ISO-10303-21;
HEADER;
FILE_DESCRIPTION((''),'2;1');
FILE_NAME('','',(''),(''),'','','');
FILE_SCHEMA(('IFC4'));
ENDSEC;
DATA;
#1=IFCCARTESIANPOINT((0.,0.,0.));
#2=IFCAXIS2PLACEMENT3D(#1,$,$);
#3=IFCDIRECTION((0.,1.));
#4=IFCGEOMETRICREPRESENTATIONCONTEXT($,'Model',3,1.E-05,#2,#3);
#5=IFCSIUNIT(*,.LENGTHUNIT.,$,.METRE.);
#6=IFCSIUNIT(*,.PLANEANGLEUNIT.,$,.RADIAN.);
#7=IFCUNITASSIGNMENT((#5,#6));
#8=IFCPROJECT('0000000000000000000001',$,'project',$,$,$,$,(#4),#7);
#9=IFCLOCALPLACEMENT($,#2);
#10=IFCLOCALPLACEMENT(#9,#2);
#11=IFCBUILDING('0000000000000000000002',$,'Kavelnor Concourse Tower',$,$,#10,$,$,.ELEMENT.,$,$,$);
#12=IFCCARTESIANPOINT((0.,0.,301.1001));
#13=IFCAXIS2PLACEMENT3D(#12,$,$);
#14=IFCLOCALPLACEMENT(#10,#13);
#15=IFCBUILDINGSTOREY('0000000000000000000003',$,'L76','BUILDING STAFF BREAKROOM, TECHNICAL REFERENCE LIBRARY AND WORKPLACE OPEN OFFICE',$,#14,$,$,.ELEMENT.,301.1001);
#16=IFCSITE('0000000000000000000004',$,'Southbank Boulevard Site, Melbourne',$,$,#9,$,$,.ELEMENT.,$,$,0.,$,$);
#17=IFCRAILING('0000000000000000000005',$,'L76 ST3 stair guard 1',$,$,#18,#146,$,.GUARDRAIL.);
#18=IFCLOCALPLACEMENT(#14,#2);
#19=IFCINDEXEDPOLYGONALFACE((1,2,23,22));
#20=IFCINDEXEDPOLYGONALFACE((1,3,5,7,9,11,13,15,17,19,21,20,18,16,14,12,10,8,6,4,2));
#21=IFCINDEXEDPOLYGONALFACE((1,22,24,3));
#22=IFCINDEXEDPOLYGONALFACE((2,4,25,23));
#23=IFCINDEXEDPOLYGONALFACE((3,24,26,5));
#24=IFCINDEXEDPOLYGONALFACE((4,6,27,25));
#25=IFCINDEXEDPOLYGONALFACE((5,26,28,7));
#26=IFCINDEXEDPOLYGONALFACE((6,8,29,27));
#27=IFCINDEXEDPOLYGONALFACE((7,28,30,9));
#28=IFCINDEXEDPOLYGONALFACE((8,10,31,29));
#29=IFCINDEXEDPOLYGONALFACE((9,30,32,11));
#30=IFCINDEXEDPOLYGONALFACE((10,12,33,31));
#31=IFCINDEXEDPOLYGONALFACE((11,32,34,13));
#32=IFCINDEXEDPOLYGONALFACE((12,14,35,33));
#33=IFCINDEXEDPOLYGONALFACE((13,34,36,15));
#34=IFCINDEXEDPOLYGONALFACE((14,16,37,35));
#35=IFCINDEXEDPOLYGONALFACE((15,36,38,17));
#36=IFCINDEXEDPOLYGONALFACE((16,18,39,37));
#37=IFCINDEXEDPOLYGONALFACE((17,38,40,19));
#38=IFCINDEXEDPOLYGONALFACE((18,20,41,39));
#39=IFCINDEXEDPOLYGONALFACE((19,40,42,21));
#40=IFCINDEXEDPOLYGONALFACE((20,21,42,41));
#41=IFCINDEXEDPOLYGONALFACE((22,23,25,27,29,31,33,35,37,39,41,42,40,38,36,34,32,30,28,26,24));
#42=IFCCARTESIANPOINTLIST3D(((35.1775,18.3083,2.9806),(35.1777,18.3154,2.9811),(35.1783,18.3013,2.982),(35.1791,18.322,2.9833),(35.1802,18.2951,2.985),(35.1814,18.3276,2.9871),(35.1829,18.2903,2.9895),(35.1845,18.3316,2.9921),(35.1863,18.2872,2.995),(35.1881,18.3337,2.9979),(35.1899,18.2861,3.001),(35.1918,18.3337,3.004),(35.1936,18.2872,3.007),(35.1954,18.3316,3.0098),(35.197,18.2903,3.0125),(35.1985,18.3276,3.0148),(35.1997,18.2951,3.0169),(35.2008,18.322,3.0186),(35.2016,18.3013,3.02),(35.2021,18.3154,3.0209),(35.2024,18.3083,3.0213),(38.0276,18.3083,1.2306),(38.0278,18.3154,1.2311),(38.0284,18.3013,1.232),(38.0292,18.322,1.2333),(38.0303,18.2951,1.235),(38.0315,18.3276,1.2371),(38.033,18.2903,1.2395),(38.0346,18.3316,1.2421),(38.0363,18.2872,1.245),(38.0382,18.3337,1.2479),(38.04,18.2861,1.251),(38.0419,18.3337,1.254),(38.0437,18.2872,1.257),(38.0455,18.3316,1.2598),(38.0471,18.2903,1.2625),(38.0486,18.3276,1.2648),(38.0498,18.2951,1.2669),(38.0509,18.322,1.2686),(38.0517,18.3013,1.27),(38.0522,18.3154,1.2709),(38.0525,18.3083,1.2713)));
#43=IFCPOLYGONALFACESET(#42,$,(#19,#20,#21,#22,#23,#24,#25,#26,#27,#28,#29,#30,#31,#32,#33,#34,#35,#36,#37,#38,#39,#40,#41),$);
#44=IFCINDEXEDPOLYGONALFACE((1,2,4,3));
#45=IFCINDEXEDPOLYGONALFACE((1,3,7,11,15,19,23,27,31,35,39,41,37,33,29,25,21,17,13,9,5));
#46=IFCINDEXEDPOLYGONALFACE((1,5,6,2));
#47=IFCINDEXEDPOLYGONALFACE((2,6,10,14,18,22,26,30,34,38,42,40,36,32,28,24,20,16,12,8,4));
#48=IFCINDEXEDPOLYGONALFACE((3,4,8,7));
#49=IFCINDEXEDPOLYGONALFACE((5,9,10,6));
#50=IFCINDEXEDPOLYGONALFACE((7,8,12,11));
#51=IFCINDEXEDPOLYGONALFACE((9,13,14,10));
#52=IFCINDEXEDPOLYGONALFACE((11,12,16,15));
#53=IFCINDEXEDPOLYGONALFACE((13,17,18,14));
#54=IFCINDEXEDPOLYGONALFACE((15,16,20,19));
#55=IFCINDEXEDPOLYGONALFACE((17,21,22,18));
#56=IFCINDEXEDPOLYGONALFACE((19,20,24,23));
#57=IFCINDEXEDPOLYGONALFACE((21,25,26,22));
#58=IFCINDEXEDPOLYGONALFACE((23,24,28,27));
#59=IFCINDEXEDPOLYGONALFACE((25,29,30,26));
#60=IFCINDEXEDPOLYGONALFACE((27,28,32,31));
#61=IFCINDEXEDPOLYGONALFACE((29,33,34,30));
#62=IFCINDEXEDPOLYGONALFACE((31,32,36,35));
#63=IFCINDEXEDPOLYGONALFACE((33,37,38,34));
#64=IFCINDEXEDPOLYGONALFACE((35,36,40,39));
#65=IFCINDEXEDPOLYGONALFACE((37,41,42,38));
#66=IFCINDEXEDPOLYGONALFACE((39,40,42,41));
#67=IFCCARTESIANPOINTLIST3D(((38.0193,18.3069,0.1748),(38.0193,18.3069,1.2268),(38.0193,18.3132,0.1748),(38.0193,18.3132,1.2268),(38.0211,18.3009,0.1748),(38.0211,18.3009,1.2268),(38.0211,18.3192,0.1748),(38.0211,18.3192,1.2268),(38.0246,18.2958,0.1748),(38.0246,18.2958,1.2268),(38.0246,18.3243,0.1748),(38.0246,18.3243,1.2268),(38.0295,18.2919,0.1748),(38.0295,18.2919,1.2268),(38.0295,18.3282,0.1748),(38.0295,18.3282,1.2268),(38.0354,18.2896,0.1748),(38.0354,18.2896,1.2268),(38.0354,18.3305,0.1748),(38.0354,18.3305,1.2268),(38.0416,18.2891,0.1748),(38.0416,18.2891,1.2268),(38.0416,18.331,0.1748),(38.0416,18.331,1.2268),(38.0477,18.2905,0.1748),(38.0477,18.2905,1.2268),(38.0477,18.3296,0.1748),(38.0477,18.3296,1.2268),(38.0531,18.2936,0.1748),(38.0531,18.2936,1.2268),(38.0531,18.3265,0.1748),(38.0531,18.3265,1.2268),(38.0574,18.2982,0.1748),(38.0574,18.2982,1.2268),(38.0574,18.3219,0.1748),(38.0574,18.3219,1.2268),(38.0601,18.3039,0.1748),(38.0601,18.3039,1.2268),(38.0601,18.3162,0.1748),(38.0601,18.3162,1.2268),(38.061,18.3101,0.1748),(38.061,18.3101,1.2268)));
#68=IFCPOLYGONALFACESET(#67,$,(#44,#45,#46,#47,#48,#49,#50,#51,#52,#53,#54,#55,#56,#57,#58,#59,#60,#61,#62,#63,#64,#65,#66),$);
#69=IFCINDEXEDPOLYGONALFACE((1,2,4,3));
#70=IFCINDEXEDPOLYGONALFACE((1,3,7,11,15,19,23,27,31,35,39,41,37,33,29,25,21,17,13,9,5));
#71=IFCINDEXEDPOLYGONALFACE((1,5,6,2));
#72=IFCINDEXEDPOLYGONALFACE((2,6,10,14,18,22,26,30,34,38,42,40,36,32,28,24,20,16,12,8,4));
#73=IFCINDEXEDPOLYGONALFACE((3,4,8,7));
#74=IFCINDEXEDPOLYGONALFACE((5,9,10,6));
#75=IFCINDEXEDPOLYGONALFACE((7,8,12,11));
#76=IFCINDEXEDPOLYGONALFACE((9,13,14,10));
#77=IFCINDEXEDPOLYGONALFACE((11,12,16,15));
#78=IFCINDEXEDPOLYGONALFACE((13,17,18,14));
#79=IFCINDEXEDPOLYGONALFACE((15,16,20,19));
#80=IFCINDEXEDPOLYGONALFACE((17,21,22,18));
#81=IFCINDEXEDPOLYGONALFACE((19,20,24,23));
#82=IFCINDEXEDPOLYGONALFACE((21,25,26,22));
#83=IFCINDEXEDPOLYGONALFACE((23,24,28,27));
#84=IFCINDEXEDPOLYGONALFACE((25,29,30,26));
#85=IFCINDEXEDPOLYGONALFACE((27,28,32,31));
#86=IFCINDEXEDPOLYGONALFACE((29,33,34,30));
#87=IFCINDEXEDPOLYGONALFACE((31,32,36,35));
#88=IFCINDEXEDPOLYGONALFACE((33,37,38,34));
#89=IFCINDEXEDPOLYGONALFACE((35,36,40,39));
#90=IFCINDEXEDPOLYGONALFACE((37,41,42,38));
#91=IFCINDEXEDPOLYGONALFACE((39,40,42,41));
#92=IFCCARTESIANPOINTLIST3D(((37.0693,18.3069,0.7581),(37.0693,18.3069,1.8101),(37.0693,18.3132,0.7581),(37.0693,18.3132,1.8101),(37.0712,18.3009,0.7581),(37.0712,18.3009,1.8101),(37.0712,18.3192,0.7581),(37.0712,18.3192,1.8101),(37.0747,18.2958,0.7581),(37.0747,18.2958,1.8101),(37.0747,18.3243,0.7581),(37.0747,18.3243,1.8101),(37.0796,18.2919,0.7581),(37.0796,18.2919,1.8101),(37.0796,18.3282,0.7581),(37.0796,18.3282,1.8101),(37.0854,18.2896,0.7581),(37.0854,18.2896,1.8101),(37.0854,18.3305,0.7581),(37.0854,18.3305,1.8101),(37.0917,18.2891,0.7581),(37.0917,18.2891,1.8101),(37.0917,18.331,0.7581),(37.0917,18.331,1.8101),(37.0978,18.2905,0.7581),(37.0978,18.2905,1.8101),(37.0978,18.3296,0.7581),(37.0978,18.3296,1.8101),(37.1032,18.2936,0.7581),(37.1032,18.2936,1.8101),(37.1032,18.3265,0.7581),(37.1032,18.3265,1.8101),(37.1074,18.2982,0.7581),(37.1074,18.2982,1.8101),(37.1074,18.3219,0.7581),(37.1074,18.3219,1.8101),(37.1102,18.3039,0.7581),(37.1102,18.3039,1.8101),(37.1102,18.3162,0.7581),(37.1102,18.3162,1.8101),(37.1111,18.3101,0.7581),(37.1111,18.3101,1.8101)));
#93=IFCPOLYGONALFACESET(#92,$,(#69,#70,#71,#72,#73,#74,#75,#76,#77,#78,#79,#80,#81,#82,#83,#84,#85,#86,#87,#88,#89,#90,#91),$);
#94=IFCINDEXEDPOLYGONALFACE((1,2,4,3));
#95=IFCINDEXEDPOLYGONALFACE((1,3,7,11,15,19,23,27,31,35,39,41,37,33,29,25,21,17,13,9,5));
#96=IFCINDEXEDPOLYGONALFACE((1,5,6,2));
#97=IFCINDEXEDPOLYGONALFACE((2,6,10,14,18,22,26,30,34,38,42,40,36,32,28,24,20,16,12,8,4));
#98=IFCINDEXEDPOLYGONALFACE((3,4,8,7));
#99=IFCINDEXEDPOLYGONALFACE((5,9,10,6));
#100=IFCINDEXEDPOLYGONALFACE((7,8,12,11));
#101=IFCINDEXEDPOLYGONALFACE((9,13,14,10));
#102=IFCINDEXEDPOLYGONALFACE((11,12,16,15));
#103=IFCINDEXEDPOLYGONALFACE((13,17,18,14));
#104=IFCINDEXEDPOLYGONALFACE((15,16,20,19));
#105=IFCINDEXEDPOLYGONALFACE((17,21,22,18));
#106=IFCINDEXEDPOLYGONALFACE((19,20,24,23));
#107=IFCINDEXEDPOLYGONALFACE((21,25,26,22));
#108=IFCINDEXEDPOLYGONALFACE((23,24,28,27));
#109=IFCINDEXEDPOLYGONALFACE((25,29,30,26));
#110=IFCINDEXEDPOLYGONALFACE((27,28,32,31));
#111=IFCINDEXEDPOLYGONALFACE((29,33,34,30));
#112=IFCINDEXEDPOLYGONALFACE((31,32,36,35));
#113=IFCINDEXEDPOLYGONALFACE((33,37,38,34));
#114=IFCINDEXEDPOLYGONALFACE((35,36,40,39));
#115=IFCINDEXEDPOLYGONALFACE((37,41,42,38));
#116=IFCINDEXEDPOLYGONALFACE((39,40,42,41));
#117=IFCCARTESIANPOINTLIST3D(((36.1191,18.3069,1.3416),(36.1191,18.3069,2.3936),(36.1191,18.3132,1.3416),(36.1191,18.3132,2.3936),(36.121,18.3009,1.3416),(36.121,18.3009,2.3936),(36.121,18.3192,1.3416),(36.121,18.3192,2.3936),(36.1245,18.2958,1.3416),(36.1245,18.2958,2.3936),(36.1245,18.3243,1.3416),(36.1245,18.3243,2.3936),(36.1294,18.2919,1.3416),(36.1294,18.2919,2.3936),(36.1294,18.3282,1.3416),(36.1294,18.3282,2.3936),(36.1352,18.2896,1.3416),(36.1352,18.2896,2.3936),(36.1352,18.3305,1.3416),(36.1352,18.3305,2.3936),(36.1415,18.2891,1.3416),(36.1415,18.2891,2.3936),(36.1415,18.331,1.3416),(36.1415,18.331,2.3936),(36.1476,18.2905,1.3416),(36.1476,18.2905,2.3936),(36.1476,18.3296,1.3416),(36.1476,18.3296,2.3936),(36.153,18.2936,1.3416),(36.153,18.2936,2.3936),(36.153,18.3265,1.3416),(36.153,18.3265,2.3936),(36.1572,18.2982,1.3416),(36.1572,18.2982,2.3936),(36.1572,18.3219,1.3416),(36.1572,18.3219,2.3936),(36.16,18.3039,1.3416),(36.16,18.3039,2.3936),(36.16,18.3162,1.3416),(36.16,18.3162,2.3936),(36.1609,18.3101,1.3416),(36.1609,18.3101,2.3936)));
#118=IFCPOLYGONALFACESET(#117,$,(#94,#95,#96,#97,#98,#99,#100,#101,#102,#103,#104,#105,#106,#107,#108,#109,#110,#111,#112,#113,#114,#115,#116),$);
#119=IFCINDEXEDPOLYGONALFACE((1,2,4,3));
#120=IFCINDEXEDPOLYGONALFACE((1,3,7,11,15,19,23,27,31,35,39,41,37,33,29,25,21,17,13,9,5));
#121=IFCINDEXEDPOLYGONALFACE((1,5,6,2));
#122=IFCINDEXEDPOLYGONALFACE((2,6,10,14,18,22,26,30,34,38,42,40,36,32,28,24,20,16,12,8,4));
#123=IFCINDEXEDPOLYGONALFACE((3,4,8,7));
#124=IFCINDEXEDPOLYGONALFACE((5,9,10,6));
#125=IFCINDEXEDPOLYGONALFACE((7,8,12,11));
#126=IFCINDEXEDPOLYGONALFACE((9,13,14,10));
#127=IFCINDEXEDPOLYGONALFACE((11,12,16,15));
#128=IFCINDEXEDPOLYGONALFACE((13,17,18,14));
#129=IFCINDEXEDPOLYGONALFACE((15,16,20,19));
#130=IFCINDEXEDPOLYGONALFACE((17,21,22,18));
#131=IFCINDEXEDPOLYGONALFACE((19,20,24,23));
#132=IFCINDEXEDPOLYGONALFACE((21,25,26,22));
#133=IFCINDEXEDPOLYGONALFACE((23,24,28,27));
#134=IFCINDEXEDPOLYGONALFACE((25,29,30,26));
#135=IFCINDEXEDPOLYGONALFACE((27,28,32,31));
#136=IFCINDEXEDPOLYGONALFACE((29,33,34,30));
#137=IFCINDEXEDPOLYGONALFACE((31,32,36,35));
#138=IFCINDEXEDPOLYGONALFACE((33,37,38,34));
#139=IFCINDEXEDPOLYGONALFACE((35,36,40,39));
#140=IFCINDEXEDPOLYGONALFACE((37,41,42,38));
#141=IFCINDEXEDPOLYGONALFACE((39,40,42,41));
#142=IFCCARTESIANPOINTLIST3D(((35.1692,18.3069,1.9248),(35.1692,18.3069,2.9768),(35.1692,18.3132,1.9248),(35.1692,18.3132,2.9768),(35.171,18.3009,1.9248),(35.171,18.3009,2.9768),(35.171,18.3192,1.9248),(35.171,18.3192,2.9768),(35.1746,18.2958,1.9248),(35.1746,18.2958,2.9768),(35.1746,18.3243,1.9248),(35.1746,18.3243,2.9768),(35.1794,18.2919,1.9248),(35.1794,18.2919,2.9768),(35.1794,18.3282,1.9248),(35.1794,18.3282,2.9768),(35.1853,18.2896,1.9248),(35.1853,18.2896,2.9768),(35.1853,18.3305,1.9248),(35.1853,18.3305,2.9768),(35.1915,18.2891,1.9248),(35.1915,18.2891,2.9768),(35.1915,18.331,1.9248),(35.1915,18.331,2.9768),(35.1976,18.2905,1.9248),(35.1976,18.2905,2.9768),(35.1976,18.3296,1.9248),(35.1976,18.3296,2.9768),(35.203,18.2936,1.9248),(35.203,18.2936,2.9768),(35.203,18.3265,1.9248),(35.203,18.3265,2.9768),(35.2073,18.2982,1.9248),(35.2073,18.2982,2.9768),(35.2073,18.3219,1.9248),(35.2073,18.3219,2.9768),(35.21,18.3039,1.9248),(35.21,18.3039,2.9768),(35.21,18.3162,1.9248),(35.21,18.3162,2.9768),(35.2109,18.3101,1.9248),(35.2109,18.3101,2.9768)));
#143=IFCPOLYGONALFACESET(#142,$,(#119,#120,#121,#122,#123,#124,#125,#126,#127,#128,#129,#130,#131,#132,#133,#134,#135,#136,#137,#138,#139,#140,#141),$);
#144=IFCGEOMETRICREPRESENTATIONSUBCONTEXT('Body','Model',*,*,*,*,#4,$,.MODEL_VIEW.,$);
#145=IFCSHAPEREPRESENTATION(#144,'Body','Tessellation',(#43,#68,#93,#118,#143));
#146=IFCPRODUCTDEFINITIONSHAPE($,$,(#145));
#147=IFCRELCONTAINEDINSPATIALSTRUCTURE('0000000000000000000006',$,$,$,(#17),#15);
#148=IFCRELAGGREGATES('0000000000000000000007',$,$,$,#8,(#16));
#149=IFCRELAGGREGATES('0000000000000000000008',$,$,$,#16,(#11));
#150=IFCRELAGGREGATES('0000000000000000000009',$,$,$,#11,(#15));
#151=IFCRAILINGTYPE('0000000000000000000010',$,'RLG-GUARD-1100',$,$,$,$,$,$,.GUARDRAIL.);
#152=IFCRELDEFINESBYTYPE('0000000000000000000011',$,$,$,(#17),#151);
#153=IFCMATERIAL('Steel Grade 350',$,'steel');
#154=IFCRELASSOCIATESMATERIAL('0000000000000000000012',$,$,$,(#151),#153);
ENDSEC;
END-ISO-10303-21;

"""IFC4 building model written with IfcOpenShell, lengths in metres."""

from ifc_helpers import new_model, si_unit, direction, frame, origin, origin_2d, place, context, subcontext, project, spatial, circle, extrude, material, type_object, element, save


model = new_model("IFC4")

# Units and contexts
model_context = context("Model", 3, precision=1e-05, world=origin(), true_north=direction((0.0, 1.0)))
body_context = subcontext(model_context, "Body", "Model", "MODEL_VIEW")
ifc_project = project(units=[si_unit("LENGTHUNIT", "METRE"), si_unit("PLANEANGLEUNIT", "RADIAN")], contexts=[model_context])

# Site, building, storey
site_placement = place(None, origin())
site = spatial("IfcSite", under=ifc_project, at=site_placement, Name="Southbank Boulevard Site, Melbourne", CompositionType="ELEMENT", RefElevation=0.0)
building_placement = place(site_placement, origin())
building = spatial("IfcBuilding", under=site, at=building_placement, Name="Kavelnor Concourse Tower", CompositionType="ELEMENT")
storey_placement = place(building_placement, frame((0.0, 0.0, 301.1001)))
storey = spatial("IfcBuildingStorey", under=building, at=storey_placement, Name="L76", Description="BUILDING STAFF BREAKROOM, TECHNICAL REFERENCE LIBRARY AND WORKPLACE OPEN OFFICE", CompositionType="ELEMENT", Elevation=301.1001)

# Shared definitions
ifc_material_1 = material(Name="Steel Grade 350", Category="steel")

# Railing
railing_type_1 = type_object("IfcRailingType", Name="RLG-GUARD-1100", PredefinedType="GUARDRAIL", material=ifc_material_1)
railing_1_placement = place(storey_placement, frame((38.04, 18.3101, 0.1748)))
element("IfcRailing", 1, at=railing_1_placement, inside=storey, type_object=railing_type_1, Name="L76 ST3 stair guard 1", PredefinedType="GUARDRAIL", context=body_context, shape_type="SweptSolid", body=[
    extrude(circle(Radius=0.0239, at=origin_2d()), frame((0.0, 0.0, 1.0762), z_axis=(-0.852179, 0.0, 0.52325), x_axis=(0.0, -1.0, 0.0)), (0.0, 0.0, 1.0), 3.3445),
    extrude(circle(Radius=0.021, at=origin_2d()), origin(), (0.0, 0.0, 1.0), 1.052),
    extrude(circle(Radius=0.021, at=origin_2d()), frame((-0.95, 0.0, 0.5833)), (0.0, 0.0, 1.0), 1.052),
    extrude(circle(Radius=0.021, at=origin_2d()), frame((-1.9001, 0.0, 1.1667)), (0.0, 0.0, 1.0), 1.052),
    extrude(circle(Radius=0.021, at=origin_2d()), frame((-2.8501, 0.0, 1.75)), (0.0, 0.0, 1.0), 1.052),
])

save(model, "model.ifc")
